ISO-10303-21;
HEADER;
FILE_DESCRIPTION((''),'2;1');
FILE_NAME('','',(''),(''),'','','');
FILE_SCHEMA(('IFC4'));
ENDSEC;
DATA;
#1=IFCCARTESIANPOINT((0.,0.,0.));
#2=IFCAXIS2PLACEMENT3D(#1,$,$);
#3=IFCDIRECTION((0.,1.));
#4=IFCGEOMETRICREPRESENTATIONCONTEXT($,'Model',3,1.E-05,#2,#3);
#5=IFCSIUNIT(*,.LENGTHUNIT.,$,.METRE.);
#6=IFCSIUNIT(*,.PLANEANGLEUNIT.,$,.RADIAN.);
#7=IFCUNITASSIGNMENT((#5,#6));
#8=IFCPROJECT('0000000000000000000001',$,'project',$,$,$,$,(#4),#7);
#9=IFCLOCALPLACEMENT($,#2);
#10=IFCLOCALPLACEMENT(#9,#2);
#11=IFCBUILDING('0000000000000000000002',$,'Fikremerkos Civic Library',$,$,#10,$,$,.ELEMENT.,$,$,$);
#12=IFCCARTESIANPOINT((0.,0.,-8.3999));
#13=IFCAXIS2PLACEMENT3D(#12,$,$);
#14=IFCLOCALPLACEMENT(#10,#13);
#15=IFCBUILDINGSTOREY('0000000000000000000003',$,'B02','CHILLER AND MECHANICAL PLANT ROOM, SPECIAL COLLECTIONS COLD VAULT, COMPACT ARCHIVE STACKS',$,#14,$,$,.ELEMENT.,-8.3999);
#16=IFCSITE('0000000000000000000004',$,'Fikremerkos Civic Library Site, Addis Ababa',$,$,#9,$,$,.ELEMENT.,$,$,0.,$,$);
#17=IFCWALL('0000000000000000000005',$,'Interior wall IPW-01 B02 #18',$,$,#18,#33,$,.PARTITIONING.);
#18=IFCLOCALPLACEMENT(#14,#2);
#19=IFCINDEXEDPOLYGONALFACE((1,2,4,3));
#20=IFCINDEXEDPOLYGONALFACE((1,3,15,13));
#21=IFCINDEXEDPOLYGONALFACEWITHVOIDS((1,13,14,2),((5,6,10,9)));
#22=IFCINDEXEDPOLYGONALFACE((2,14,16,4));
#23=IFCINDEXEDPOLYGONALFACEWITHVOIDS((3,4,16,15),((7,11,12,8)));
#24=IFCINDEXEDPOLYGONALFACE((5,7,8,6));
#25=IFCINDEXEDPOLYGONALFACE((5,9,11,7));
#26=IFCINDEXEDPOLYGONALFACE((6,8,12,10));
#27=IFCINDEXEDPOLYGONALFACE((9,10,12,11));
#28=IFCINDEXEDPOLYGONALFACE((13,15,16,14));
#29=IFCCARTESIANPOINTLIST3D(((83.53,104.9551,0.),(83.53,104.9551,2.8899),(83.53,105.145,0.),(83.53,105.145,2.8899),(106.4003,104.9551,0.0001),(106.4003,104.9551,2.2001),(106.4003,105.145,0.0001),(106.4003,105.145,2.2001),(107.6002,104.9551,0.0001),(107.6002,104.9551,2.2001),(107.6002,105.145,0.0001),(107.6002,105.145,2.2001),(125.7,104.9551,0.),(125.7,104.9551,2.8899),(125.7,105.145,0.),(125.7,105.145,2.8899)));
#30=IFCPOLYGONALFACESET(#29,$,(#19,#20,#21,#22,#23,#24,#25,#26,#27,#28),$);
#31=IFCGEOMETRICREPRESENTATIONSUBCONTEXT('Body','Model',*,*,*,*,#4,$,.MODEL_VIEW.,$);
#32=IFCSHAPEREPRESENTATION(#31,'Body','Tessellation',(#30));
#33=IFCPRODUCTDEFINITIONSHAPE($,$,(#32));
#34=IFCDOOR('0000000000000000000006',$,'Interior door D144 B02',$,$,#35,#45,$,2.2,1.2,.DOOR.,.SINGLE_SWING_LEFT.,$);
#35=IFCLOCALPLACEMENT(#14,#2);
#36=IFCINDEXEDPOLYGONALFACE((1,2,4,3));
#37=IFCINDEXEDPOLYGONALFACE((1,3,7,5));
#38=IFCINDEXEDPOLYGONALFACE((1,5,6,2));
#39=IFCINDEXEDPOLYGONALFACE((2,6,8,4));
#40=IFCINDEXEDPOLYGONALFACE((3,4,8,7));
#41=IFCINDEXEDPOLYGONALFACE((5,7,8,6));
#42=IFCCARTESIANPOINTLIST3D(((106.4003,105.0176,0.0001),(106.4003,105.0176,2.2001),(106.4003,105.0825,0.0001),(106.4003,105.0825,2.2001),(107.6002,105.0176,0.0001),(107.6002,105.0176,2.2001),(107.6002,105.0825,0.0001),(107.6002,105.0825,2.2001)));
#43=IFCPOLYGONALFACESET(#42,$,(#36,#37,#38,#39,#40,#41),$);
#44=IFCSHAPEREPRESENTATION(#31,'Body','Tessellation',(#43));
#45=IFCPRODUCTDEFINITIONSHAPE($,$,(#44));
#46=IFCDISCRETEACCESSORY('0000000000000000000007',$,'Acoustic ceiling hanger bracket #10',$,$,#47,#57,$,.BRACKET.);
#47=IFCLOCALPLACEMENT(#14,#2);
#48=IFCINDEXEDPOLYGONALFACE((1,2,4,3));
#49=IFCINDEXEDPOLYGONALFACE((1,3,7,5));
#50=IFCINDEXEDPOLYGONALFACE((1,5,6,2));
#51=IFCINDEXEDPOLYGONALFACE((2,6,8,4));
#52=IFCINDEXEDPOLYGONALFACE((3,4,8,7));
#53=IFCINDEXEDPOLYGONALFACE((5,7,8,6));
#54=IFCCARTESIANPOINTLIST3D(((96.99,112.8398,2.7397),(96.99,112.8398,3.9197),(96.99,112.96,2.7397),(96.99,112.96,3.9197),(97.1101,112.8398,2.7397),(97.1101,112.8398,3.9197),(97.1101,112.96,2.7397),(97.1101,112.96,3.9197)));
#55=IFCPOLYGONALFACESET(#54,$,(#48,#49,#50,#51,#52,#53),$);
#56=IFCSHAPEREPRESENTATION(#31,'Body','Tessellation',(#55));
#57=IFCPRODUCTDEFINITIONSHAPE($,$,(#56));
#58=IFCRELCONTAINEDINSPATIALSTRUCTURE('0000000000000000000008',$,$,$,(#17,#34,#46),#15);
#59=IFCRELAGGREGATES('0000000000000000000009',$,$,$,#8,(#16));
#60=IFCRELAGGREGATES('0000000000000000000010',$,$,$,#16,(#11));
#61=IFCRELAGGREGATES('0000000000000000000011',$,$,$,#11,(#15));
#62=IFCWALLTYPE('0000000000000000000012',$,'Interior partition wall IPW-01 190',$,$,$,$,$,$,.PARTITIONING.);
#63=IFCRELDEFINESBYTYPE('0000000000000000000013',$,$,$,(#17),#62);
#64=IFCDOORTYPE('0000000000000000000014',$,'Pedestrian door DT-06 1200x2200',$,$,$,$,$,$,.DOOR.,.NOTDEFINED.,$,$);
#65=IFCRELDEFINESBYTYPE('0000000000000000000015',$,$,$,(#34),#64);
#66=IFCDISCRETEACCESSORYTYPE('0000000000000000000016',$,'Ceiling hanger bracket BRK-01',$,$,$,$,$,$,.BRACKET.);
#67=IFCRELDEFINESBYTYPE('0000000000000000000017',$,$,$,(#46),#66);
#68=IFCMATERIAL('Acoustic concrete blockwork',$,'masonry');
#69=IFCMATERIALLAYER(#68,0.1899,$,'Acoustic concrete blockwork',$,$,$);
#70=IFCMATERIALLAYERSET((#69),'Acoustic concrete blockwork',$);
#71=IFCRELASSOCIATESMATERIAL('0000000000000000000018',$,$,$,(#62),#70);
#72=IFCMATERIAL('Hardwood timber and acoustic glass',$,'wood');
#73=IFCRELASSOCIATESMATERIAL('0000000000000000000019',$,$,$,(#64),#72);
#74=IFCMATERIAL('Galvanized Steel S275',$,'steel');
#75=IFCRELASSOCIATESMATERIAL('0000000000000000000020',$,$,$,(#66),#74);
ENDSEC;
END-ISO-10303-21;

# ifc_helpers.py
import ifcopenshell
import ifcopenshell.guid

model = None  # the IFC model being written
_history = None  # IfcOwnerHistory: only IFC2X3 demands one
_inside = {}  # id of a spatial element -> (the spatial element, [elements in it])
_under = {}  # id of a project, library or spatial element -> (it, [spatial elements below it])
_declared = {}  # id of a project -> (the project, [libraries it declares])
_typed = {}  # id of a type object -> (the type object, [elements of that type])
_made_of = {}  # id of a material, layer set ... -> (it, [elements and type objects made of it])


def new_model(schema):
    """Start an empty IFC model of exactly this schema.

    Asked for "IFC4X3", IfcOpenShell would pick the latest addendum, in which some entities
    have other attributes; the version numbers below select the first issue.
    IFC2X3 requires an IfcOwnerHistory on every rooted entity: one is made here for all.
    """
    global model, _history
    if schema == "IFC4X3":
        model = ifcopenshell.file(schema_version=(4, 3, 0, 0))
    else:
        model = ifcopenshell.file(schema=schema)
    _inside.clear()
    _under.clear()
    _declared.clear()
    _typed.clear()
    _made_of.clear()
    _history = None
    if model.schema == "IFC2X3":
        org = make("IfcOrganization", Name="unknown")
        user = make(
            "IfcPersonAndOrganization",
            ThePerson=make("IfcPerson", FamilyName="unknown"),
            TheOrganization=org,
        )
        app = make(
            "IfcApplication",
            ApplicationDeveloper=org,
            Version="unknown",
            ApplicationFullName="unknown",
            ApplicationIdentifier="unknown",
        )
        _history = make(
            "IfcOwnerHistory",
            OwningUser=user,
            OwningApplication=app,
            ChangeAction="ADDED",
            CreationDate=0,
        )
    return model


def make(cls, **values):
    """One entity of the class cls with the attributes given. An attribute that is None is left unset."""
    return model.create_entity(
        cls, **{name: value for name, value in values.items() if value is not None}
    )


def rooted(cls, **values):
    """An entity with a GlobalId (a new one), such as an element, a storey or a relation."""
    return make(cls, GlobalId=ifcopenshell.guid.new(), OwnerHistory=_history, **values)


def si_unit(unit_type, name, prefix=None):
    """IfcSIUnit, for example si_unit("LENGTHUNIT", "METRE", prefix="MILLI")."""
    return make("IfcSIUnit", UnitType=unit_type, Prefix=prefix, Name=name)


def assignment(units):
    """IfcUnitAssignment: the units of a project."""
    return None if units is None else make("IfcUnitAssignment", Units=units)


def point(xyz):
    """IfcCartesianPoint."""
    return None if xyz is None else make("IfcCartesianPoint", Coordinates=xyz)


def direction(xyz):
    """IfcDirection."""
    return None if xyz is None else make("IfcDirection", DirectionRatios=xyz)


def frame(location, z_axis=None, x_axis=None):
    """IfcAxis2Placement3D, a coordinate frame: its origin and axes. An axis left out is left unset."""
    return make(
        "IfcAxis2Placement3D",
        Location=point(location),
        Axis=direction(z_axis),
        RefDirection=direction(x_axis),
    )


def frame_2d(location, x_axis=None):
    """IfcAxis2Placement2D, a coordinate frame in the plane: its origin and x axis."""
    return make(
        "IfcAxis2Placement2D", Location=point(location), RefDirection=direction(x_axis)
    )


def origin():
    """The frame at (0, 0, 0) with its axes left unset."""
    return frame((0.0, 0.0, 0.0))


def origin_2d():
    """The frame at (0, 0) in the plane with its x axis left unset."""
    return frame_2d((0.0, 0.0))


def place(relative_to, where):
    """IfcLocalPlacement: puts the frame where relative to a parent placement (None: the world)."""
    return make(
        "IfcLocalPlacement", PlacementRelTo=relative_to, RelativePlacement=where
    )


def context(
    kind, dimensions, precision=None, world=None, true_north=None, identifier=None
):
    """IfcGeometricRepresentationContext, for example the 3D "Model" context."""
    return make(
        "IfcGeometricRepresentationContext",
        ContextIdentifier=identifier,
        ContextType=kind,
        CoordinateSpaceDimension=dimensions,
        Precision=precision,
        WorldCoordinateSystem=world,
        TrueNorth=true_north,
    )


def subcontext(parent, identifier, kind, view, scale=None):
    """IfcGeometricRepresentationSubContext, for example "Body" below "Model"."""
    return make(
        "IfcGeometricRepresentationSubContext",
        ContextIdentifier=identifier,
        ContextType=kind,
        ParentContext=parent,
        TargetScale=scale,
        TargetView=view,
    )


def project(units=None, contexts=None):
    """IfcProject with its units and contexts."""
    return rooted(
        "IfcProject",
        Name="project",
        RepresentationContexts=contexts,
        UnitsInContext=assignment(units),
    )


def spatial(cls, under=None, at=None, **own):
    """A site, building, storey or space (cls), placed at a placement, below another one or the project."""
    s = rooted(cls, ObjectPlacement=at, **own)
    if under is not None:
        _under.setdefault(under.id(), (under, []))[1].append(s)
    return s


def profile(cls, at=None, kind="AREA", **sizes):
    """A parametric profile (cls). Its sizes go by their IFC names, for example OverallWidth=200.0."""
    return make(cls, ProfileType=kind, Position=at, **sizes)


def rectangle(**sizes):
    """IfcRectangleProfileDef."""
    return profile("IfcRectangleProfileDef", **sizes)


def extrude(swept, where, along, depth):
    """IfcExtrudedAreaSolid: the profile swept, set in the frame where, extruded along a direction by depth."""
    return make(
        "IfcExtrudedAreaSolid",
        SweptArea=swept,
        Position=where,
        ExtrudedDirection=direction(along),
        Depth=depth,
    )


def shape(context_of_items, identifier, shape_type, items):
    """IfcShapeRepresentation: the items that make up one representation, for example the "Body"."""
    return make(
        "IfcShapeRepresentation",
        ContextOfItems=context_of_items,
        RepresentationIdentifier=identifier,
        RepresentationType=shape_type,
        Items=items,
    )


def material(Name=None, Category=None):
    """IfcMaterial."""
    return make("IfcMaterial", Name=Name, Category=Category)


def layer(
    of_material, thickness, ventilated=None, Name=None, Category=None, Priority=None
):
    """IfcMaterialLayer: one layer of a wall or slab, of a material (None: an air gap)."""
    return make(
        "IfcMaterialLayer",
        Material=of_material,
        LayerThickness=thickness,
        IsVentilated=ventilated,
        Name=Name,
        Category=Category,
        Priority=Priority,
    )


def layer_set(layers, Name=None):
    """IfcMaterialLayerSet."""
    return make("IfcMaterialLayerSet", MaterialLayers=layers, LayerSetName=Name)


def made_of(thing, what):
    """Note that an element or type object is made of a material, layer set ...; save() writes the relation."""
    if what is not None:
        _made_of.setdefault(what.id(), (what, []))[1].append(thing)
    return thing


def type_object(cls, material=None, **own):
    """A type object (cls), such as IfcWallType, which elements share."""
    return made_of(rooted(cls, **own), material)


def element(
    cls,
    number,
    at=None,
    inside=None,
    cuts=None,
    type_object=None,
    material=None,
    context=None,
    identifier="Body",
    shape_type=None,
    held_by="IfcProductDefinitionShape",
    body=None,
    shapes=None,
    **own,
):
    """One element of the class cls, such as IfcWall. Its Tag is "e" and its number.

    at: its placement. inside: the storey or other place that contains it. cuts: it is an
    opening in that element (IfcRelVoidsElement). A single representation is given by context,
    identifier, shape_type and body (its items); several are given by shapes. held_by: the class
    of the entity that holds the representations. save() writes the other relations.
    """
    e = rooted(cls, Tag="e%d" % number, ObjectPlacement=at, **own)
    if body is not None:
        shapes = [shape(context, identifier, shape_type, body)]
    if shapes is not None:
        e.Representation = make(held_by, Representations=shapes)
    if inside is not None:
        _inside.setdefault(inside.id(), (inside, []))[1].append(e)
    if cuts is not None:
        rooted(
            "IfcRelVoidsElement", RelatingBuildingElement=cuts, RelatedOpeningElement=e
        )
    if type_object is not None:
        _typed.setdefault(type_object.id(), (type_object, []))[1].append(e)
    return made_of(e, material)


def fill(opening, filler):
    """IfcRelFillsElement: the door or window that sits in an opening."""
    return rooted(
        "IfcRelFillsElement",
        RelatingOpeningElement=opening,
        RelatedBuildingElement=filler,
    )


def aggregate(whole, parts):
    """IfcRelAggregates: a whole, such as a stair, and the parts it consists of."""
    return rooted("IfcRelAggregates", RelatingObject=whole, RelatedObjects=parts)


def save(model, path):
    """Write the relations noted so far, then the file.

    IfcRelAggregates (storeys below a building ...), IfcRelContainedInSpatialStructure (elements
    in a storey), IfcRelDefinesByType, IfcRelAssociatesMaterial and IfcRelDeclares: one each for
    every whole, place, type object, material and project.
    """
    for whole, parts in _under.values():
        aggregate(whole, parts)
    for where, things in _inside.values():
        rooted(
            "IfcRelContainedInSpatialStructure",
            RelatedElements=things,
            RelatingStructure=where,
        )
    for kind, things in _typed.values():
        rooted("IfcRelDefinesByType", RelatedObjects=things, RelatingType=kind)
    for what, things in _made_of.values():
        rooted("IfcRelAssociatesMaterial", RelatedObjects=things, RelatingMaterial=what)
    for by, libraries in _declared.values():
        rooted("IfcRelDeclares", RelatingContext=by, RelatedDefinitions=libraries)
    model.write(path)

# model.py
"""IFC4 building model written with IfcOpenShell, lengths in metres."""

from ifc_helpers import new_model, si_unit, direction, frame, frame_2d, origin, origin_2d, place, context, subcontext, project, spatial, rectangle, extrude, material, layer, layer_set, type_object, element, fill, save


model = new_model("IFC4")

# Units and contexts
model_context = context("Model", 3, precision=1e-05, world=origin(), true_north=direction((0.0, 1.0)))
body_context = subcontext(model_context, "Body", "Model", "MODEL_VIEW")
ifc_project = project(units=[si_unit("LENGTHUNIT", "METRE"), si_unit("PLANEANGLEUNIT", "RADIAN")], contexts=[model_context])

# Site, building, storey
site_placement = place(None, origin())
site = spatial("IfcSite", under=ifc_project, at=site_placement, Name="Fikremerkos Civic Library Site, Addis Ababa", CompositionType="ELEMENT", RefElevation=0.0)
building_placement = place(site_placement, origin())
building = spatial("IfcBuilding", under=site, at=building_placement, Name="Fikremerkos Civic Library", CompositionType="ELEMENT")
storey_placement = place(building_placement, frame((0.0, 0.0, -8.3999)))
storey = spatial("IfcBuildingStorey", under=building, at=storey_placement, Name="B02", Description="CHILLER AND MECHANICAL PLANT ROOM, SPECIAL COLLECTIONS COLD VAULT, COMPACT ARCHIVE STACKS", CompositionType="ELEMENT", Elevation=-8.3999)

# Wall, opening, door
ifc_material_1 = material(Name="Acoustic concrete blockwork", Category="masonry")
ifc_layer_1 = layer(ifc_material_1, 0.1899, Name="Acoustic concrete blockwork")
ifc_layer_set_1 = layer_set([ifc_layer_1], Name="Acoustic concrete blockwork")
wall_type_1 = type_object("IfcWallType", Name="Interior partition wall IPW-01 190", PredefinedType="PARTITIONING", material=ifc_layer_set_1)
wall_1_placement = place(storey_placement, frame((83.53, 105.05, 0.0), z_axis=(0.0, 0.0, 1.0), x_axis=(1.0, 0.0, 0.0)))
wall_1 = element("IfcWall", 1, at=wall_1_placement, inside=storey, type_object=wall_type_1, Name="Interior wall IPW-01 B02 #18", PredefinedType="PARTITIONING", context=body_context, shape_type="SweptSolid", body=[
    extrude(rectangle(XDim=42.1699, YDim=0.1899, at=frame_2d((21.085, 0.0))), origin(), (0.0, 0.0, 1.0), 2.8899),
])
opening_placement = place(wall_1_placement, frame((22.8701, 0.0, 0.0)))
opening = element("IfcOpeningElement", 2, at=opening_placement, cuts=wall_1, PredefinedType="OPENING", context=body_context, shape_type="SweptSolid", body=[
    extrude(rectangle(XDim=1.2, YDim=2.2, at=frame_2d((0.6001, 1.1001))), frame((0.0, 0.105, 0.0), z_axis=(0.0, -1.0, 0.0), x_axis=(1.0, 0.0, 0.0)), (0.0, 0.0, 1.0), 0.21),
])
ifc_material_2 = material(Name="Hardwood timber and acoustic glass", Category="wood")
door_type = type_object("IfcDoorType", Name="Pedestrian door DT-06 1200x2200", OperationType="NOTDEFINED", PredefinedType="DOOR", material=ifc_material_2)
door_placement = place(opening_placement, origin())
door = element("IfcDoor", 3, at=door_placement, inside=storey, type_object=door_type, Name="Interior door D144 B02", OperationType="SINGLE_SWING_LEFT", OverallHeight=2.2, OverallWidth=1.2, PredefinedType="DOOR", context=body_context, shape_type="SweptSolid", body=[
    extrude(rectangle(XDim=1.2, YDim=2.2, at=frame_2d((0.6001, 1.1001))), frame((0.0, 0.0325, 0.0), z_axis=(0.0, -1.0, 0.0), x_axis=(1.0, 0.0, 0.0)), (0.0, 0.0, 1.0), 0.0649),
])
fill(opening, door)

# Discrete accessory
ifc_material_3 = material(Name="Galvanized Steel S275", Category="steel")
discrete_accessory_type = type_object("IfcDiscreteAccessoryType", Name="Ceiling hanger bracket BRK-01", PredefinedType="BRACKET", material=ifc_material_3)
discrete_accessory_placement = place(storey_placement, frame((97.05, 112.8999, 2.7397), z_axis=(0.0, 0.0, 1.0), x_axis=(1.0, 0.0, 0.0)))
element("IfcDiscreteAccessory", 4, at=discrete_accessory_placement, inside=storey, type_object=discrete_accessory_type, Name="Acoustic ceiling hanger bracket #10", PredefinedType="BRACKET", context=body_context, shape_type="SweptSolid", body=[
    extrude(rectangle(XDim=0.1201, YDim=0.1201, at=origin_2d()), origin(), (0.0, 0.0, 1.0), 1.1799),
])

save(model, "model.ifc")
